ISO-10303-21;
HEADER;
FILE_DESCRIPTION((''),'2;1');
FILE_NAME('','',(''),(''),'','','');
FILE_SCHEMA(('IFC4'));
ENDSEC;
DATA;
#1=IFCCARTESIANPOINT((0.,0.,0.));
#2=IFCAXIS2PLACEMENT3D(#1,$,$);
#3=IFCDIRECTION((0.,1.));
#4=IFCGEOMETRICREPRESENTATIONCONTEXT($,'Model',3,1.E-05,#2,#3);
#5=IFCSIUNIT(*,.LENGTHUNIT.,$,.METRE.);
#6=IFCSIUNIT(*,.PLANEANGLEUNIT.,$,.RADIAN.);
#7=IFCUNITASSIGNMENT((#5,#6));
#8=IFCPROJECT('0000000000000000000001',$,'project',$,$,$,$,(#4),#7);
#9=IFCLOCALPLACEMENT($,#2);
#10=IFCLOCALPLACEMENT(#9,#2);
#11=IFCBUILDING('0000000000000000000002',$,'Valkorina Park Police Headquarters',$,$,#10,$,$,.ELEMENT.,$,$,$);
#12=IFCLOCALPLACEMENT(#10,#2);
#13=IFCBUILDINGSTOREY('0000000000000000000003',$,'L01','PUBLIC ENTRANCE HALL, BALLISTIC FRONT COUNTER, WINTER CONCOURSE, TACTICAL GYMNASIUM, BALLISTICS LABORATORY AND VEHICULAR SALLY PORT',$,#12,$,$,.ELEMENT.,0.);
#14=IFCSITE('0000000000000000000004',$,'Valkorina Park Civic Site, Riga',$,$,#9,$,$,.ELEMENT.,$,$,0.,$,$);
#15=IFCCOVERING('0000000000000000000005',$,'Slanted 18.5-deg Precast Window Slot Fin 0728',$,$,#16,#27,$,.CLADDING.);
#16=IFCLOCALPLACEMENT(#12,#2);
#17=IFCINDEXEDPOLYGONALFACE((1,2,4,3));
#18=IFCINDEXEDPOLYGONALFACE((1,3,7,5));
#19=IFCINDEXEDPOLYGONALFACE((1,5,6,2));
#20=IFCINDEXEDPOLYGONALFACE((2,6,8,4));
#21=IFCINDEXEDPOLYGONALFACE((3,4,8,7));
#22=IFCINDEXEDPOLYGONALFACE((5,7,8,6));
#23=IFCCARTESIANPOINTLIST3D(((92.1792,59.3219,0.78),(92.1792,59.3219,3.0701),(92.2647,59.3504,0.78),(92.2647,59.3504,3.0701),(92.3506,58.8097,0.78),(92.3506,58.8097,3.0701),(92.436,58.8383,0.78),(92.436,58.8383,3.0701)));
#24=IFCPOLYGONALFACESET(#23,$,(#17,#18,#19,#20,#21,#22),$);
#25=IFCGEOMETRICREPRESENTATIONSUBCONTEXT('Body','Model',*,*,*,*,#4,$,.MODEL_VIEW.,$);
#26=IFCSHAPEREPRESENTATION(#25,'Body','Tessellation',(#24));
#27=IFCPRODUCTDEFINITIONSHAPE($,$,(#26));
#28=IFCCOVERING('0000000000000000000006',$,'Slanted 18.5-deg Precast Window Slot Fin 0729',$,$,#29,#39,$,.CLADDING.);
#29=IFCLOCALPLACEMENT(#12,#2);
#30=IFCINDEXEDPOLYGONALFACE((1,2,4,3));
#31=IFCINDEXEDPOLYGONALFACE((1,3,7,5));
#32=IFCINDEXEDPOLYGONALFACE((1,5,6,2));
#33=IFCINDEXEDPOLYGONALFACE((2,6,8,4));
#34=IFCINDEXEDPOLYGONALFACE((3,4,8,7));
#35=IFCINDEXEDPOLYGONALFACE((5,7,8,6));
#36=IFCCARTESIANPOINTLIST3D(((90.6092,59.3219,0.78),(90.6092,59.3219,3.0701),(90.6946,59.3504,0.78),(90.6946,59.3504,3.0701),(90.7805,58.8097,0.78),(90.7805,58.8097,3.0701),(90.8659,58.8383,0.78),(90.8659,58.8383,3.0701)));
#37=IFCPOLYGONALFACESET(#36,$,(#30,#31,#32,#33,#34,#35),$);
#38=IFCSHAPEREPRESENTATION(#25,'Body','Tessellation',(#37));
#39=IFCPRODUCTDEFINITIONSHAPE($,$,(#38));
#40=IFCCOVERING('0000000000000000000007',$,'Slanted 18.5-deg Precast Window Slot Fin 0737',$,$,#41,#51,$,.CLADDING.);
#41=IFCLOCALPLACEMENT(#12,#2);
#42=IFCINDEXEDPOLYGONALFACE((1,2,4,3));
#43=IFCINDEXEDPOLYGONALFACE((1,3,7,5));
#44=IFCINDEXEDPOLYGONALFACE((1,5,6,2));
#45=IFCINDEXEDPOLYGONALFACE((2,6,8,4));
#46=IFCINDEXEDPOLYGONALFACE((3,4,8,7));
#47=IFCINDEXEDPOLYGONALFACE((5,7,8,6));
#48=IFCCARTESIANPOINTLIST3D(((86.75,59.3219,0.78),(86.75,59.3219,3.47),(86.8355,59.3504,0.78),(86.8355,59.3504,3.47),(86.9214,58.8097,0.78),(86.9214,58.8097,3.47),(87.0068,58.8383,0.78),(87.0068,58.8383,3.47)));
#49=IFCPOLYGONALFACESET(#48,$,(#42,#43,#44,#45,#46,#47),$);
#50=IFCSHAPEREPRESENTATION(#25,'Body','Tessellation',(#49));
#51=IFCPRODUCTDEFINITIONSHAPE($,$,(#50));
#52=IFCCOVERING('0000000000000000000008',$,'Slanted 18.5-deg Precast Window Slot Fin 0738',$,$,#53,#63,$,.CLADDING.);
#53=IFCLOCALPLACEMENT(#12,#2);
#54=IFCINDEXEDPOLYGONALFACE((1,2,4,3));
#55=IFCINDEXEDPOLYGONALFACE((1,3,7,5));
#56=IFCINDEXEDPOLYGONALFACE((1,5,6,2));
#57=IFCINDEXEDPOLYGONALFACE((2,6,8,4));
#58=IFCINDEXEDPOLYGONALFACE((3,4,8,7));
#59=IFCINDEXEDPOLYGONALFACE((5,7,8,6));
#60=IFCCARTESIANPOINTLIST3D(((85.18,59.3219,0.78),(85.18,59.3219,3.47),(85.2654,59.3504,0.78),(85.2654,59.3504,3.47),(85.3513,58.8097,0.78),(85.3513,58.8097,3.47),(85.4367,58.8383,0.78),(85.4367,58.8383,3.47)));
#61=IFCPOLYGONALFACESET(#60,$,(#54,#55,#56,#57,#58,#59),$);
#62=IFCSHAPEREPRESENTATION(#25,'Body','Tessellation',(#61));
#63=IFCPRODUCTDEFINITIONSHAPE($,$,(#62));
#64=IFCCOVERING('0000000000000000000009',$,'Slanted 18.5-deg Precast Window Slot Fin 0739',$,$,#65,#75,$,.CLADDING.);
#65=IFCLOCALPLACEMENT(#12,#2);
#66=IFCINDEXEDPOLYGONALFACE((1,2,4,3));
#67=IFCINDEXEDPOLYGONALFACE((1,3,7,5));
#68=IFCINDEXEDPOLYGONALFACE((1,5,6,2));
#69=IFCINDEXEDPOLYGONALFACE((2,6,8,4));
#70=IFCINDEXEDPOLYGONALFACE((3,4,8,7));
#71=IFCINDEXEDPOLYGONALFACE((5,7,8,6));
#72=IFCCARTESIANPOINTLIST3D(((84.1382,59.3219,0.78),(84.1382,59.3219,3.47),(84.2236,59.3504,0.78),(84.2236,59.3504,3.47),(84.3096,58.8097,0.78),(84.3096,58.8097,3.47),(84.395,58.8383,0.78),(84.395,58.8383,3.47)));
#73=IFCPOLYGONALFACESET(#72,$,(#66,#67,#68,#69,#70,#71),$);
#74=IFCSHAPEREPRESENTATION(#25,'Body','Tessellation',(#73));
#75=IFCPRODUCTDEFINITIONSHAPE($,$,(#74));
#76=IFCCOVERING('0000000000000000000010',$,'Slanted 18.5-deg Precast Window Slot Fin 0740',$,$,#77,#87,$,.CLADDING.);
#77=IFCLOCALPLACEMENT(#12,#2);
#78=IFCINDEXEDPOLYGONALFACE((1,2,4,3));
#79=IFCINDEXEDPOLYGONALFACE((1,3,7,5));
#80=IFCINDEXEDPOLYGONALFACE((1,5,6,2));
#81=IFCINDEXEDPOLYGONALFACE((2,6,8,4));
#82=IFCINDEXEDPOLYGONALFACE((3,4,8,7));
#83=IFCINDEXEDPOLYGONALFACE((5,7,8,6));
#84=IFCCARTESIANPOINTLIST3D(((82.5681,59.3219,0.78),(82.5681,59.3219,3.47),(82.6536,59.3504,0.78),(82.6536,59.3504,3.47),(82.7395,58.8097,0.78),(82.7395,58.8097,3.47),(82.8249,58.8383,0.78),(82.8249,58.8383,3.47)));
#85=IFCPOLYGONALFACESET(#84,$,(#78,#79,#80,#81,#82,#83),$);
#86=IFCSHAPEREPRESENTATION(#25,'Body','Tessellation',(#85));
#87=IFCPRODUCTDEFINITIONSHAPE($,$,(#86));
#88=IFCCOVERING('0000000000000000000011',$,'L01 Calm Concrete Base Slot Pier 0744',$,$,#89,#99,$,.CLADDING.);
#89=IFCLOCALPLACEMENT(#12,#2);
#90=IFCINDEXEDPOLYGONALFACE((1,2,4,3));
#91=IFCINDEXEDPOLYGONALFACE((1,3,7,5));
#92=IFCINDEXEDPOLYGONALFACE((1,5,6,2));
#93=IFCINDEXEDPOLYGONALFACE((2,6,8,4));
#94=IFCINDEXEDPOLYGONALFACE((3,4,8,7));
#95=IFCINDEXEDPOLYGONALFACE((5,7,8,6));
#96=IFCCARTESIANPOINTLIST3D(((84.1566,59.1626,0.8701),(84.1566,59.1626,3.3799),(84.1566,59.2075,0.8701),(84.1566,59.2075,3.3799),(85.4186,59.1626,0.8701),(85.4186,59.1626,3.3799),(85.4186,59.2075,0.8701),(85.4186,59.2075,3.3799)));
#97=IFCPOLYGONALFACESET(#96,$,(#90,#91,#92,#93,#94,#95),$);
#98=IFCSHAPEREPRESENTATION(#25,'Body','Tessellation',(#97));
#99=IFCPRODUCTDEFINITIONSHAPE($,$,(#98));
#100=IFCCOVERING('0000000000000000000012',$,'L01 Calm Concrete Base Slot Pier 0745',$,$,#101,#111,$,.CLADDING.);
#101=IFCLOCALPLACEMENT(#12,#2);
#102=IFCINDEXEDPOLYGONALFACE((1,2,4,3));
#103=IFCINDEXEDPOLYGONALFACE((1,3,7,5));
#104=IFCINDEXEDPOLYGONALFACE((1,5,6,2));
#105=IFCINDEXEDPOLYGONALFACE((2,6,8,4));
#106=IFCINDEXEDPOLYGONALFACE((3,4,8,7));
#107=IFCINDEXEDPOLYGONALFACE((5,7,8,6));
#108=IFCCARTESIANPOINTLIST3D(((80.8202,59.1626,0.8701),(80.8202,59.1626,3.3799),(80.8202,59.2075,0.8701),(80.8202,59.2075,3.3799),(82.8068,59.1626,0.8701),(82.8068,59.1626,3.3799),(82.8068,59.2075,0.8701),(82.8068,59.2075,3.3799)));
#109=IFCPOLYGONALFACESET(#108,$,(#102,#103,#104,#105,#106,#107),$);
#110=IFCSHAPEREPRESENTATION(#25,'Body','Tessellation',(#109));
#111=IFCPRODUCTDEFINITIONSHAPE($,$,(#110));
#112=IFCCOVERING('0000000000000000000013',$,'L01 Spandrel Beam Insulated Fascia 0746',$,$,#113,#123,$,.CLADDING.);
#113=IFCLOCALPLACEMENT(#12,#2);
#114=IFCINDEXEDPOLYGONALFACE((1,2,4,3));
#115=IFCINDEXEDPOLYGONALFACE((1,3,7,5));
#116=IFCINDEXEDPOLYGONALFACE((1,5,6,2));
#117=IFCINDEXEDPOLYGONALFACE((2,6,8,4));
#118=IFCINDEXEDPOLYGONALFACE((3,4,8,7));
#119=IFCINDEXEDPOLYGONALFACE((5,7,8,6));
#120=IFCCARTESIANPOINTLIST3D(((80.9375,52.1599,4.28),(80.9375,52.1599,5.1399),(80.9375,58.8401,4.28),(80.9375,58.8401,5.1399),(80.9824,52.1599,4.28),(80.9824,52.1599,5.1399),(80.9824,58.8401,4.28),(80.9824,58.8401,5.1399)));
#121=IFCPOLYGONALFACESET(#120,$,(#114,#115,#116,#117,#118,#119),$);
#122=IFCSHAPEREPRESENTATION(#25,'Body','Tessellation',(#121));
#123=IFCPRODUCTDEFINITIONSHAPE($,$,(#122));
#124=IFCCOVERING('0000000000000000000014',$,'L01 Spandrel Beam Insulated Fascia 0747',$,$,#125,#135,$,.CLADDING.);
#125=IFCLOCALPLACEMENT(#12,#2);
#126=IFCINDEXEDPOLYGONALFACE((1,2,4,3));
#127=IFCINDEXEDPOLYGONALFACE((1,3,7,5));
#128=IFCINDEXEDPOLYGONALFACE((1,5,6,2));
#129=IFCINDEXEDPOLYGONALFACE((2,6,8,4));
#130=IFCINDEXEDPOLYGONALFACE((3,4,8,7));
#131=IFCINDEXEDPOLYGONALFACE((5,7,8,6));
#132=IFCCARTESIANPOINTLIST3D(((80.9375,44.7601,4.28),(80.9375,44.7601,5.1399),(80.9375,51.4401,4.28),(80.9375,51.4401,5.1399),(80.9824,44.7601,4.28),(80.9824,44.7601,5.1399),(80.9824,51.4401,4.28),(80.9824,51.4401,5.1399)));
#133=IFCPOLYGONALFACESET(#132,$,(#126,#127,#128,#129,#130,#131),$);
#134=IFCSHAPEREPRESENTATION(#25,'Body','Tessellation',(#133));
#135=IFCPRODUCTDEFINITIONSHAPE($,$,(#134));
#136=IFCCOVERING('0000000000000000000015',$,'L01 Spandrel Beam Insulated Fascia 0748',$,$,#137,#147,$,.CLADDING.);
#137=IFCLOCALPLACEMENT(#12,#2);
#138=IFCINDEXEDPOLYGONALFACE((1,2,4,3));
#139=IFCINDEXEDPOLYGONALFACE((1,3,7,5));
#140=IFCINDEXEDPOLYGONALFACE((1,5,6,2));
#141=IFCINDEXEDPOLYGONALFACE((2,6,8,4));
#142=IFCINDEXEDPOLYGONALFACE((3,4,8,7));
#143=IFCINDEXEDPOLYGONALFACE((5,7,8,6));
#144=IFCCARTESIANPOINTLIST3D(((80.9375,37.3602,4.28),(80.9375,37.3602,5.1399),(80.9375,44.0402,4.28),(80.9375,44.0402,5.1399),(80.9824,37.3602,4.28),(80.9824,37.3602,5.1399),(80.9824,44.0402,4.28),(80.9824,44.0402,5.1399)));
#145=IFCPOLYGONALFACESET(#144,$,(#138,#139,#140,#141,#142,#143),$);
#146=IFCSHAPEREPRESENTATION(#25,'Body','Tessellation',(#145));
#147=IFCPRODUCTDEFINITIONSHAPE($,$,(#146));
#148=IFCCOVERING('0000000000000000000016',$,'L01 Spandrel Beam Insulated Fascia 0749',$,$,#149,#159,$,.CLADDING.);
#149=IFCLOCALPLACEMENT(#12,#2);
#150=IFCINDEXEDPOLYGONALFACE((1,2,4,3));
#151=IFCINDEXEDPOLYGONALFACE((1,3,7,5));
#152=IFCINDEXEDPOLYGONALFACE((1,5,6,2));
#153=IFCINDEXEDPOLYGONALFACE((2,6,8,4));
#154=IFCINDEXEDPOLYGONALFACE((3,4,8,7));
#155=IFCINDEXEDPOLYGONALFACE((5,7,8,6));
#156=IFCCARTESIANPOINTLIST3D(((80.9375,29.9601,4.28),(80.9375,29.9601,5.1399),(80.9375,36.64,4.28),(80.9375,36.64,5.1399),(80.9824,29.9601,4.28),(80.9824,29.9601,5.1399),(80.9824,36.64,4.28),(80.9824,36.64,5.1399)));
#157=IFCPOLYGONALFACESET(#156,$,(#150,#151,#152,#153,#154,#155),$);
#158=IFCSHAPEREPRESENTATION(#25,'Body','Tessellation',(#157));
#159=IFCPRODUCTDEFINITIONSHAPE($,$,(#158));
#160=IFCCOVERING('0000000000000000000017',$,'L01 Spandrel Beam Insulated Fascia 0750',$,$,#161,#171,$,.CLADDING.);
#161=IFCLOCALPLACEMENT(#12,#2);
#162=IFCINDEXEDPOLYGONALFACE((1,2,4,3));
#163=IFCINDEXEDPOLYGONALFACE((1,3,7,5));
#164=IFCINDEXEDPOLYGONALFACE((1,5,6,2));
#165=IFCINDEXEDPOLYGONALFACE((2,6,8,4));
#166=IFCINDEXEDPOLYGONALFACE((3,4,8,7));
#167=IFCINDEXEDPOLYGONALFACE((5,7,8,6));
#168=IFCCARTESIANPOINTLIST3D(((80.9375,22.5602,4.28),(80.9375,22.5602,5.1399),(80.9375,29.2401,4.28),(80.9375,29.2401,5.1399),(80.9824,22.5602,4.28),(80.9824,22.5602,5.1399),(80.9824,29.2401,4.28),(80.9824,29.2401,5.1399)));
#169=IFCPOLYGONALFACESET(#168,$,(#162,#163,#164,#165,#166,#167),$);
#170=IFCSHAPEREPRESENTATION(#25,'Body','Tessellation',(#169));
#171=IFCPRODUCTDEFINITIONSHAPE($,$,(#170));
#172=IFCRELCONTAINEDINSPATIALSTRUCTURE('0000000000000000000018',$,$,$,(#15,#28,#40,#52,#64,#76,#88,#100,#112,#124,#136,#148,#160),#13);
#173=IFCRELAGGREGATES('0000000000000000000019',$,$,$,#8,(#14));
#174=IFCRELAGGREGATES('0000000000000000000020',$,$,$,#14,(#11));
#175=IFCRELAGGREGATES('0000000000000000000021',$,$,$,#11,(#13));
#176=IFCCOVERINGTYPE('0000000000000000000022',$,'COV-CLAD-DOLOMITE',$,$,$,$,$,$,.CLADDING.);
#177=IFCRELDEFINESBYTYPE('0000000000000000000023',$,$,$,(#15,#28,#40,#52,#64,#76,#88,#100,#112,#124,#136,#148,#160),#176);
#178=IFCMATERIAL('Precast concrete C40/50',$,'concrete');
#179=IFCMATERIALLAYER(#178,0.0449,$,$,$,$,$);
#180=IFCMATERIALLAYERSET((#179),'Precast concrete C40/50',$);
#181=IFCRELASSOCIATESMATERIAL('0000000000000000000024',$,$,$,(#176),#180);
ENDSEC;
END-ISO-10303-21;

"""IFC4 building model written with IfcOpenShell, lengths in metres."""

from ifc_helpers import new_model, si_unit, direction, frame, frame_2d, origin, origin_2d, place, context, subcontext, project, spatial, rectangle, extrude, material, layer, layer_set, type_object, element, save


model = new_model("IFC4")

# Units and contexts
model_context = context("Model", 3, precision=1e-05, world=origin(), true_north=direction((0.0, 1.0)))
body_context = subcontext(model_context, "Body", "Model", "MODEL_VIEW")
ifc_project = project(units=[si_unit("LENGTHUNIT", "METRE"), si_unit("PLANEANGLEUNIT", "RADIAN")], contexts=[model_context])

# Site, building, storey
site_placement = place(None, origin())
site = spatial("IfcSite", under=ifc_project, at=site_placement, Name="Valkorina Park Civic Site, Riga", CompositionType="ELEMENT", RefElevation=0.0)
building_placement = place(site_placement, origin())
building = spatial("IfcBuilding", under=site, at=building_placement, Name="Valkorina Park Police Headquarters", CompositionType="ELEMENT")
storey_placement = place(building_placement, origin())
storey = spatial("IfcBuildingStorey", under=building, at=storey_placement, Name="L01", Description="PUBLIC ENTRANCE HALL, BALLISTIC FRONT COUNTER, WINTER CONCOURSE, TACTICAL GYMNASIUM, BALLISTICS LABORATORY AND VEHICULAR SALLY PORT", CompositionType="ELEMENT", Elevation=0.0)

# Coverings
ifc_material_1 = material(Name="Precast concrete C40/50", Category="concrete")
ifc_layer_1 = layer(ifc_material_1, 0.0449)
ifc_layer_set_1 = layer_set([ifc_layer_1], Name="Precast concrete C40/50")
covering_type = type_object("IfcCoveringType", Name="COV-CLAD-DOLOMITE", PredefinedType="CLADDING", material=ifc_layer_set_1)
for number, where, z_axis, x_axis, name in (
    (1, (92.3076, 59.0801, 0.78), (0.0, 0.0, 1.0), (0.317305, -0.948324, 0.0), "Slanted 18.5-deg Precast Window Slot Fin 0728"),
    (2, (90.7375, 59.0801, 0.78), (0.0, 0.0, 1.0), (0.317305, -0.948324, 0.0), "Slanted 18.5-deg Precast Window Slot Fin 0729"),
):
    element("IfcCovering", number, at=place(storey_placement, frame(where, z_axis=z_axis, x_axis=x_axis)), inside=storey, type_object=covering_type, Name=name, PredefinedType="CLADDING", context=body_context, shape_type="SweptSolid", body=[
        extrude(rectangle(XDim=0.54, YDim=0.0901, at=origin_2d()), origin(), (0.0, 0.0, 1.0), 2.29),
    ])
for number, where, z_axis, x_axis, name in (
    (3, (86.8784, 59.0801, 0.78), (0.0, 0.0, 1.0), (0.317305, -0.948324, 0.0), "Slanted 18.5-deg Precast Window Slot Fin 0737"),
    (4, (85.3083, 59.0801, 0.78), (0.0, 0.0, 1.0), (0.317305, -0.948324, 0.0), "Slanted 18.5-deg Precast Window Slot Fin 0738"),
    (5, (84.2666, 59.0801, 0.78), (0.0, 0.0, 1.0), (0.317305, -0.948324, 0.0), "Slanted 18.5-deg Precast Window Slot Fin 0739"),
    (6, (82.6965, 59.0801, 0.78), (0.0, 0.0, 1.0), (0.317305, -0.948324, 0.0), "Slanted 18.5-deg Precast Window Slot Fin 0740"),
):
    element("IfcCovering", number, at=place(storey_placement, frame(where, z_axis=z_axis, x_axis=x_axis)), inside=storey, type_object=covering_type, Name=name, PredefinedType="CLADDING", context=body_context, shape_type="SweptSolid", body=[
        extrude(rectangle(XDim=0.54, YDim=0.0901, at=origin_2d()), origin(), (0.0, 0.0, 1.0), 2.6899),
    ])
covering_1_placement = place(storey_placement, frame((85.4185, 59.1851, 0.8701), z_axis=(0.0, 0.0, 1.0), x_axis=(-1.0, 0.0, 0.0)))
element("IfcCovering", 7, at=covering_1_placement, inside=storey, type_object=covering_type, Name="L01 Calm Concrete Base Slot Pier 0744", PredefinedType="CLADDING", context=body_context, shape_type="SweptSolid", body=[
    extrude(rectangle(XDim=1.262, YDim=0.0449, at=frame_2d((0.6309, 0.0))), origin(), (0.0, 0.0, 1.0), 2.5098),
])
covering_2_placement = place(storey_placement, frame((82.8066, 59.1851, 0.8701), z_axis=(0.0, 0.0, 1.0), x_axis=(-1.0, 0.0, 0.0)))
element("IfcCovering", 8, at=covering_2_placement, inside=storey, type_object=covering_type, Name="L01 Calm Concrete Base Slot Pier 0745", PredefinedType="CLADDING", context=body_context, shape_type="SweptSolid", body=[
    extrude(rectangle(XDim=1.9866, YDim=0.0449, at=frame_2d((0.9932, 0.0))), origin(), (0.0, 0.0, 1.0), 2.5098),
])
covering_3_placement = place(storey_placement, frame((80.96, 58.8401, 4.28), z_axis=(0.0, 0.0, 1.0), x_axis=(0.0, -1.0, 0.0)))
element("IfcCovering", 9, at=covering_3_placement, inside=storey, type_object=covering_type, Name="L01 Spandrel Beam Insulated Fascia 0746", PredefinedType="CLADDING", context=body_context, shape_type="SweptSolid", body=[
    extrude(rectangle(XDim=6.6802, YDim=0.0449, at=frame_2d((3.3401, 0.0))), origin(), (0.0, 0.0, 1.0), 0.8599),
])
for number, where, z_axis, x_axis, name in (
    (10, (80.96, 51.4399, 4.28), (0.0, 0.0, 1.0), (0.0, -1.0, 0.0), "L01 Spandrel Beam Insulated Fascia 0747"),
    (11, (80.96, 44.04, 4.28), (0.0, 0.0, 1.0), (0.0, -1.0, 0.0), "L01 Spandrel Beam Insulated Fascia 0748"),
    (12, (80.96, 36.6399, 4.28), (0.0, 0.0, 1.0), (0.0, -1.0, 0.0), "L01 Spandrel Beam Insulated Fascia 0749"),
    (13, (80.96, 29.24, 4.28), (0.0, 0.0, 1.0), (0.0, -1.0, 0.0), "L01 Spandrel Beam Insulated Fascia 0750"),
):
    element("IfcCovering", number, at=place(storey_placement, frame(where, z_axis=z_axis, x_axis=x_axis)), inside=storey, type_object=covering_type, Name=name, PredefinedType="CLADDING", context=body_context, shape_type="SweptSolid", body=[
        extrude(rectangle(XDim=6.6799, YDim=0.0449, at=frame_2d((3.3398, 0.0))), origin(), (0.0, 0.0, 1.0), 0.8599),
    ])

save(model, "model.ifc")
